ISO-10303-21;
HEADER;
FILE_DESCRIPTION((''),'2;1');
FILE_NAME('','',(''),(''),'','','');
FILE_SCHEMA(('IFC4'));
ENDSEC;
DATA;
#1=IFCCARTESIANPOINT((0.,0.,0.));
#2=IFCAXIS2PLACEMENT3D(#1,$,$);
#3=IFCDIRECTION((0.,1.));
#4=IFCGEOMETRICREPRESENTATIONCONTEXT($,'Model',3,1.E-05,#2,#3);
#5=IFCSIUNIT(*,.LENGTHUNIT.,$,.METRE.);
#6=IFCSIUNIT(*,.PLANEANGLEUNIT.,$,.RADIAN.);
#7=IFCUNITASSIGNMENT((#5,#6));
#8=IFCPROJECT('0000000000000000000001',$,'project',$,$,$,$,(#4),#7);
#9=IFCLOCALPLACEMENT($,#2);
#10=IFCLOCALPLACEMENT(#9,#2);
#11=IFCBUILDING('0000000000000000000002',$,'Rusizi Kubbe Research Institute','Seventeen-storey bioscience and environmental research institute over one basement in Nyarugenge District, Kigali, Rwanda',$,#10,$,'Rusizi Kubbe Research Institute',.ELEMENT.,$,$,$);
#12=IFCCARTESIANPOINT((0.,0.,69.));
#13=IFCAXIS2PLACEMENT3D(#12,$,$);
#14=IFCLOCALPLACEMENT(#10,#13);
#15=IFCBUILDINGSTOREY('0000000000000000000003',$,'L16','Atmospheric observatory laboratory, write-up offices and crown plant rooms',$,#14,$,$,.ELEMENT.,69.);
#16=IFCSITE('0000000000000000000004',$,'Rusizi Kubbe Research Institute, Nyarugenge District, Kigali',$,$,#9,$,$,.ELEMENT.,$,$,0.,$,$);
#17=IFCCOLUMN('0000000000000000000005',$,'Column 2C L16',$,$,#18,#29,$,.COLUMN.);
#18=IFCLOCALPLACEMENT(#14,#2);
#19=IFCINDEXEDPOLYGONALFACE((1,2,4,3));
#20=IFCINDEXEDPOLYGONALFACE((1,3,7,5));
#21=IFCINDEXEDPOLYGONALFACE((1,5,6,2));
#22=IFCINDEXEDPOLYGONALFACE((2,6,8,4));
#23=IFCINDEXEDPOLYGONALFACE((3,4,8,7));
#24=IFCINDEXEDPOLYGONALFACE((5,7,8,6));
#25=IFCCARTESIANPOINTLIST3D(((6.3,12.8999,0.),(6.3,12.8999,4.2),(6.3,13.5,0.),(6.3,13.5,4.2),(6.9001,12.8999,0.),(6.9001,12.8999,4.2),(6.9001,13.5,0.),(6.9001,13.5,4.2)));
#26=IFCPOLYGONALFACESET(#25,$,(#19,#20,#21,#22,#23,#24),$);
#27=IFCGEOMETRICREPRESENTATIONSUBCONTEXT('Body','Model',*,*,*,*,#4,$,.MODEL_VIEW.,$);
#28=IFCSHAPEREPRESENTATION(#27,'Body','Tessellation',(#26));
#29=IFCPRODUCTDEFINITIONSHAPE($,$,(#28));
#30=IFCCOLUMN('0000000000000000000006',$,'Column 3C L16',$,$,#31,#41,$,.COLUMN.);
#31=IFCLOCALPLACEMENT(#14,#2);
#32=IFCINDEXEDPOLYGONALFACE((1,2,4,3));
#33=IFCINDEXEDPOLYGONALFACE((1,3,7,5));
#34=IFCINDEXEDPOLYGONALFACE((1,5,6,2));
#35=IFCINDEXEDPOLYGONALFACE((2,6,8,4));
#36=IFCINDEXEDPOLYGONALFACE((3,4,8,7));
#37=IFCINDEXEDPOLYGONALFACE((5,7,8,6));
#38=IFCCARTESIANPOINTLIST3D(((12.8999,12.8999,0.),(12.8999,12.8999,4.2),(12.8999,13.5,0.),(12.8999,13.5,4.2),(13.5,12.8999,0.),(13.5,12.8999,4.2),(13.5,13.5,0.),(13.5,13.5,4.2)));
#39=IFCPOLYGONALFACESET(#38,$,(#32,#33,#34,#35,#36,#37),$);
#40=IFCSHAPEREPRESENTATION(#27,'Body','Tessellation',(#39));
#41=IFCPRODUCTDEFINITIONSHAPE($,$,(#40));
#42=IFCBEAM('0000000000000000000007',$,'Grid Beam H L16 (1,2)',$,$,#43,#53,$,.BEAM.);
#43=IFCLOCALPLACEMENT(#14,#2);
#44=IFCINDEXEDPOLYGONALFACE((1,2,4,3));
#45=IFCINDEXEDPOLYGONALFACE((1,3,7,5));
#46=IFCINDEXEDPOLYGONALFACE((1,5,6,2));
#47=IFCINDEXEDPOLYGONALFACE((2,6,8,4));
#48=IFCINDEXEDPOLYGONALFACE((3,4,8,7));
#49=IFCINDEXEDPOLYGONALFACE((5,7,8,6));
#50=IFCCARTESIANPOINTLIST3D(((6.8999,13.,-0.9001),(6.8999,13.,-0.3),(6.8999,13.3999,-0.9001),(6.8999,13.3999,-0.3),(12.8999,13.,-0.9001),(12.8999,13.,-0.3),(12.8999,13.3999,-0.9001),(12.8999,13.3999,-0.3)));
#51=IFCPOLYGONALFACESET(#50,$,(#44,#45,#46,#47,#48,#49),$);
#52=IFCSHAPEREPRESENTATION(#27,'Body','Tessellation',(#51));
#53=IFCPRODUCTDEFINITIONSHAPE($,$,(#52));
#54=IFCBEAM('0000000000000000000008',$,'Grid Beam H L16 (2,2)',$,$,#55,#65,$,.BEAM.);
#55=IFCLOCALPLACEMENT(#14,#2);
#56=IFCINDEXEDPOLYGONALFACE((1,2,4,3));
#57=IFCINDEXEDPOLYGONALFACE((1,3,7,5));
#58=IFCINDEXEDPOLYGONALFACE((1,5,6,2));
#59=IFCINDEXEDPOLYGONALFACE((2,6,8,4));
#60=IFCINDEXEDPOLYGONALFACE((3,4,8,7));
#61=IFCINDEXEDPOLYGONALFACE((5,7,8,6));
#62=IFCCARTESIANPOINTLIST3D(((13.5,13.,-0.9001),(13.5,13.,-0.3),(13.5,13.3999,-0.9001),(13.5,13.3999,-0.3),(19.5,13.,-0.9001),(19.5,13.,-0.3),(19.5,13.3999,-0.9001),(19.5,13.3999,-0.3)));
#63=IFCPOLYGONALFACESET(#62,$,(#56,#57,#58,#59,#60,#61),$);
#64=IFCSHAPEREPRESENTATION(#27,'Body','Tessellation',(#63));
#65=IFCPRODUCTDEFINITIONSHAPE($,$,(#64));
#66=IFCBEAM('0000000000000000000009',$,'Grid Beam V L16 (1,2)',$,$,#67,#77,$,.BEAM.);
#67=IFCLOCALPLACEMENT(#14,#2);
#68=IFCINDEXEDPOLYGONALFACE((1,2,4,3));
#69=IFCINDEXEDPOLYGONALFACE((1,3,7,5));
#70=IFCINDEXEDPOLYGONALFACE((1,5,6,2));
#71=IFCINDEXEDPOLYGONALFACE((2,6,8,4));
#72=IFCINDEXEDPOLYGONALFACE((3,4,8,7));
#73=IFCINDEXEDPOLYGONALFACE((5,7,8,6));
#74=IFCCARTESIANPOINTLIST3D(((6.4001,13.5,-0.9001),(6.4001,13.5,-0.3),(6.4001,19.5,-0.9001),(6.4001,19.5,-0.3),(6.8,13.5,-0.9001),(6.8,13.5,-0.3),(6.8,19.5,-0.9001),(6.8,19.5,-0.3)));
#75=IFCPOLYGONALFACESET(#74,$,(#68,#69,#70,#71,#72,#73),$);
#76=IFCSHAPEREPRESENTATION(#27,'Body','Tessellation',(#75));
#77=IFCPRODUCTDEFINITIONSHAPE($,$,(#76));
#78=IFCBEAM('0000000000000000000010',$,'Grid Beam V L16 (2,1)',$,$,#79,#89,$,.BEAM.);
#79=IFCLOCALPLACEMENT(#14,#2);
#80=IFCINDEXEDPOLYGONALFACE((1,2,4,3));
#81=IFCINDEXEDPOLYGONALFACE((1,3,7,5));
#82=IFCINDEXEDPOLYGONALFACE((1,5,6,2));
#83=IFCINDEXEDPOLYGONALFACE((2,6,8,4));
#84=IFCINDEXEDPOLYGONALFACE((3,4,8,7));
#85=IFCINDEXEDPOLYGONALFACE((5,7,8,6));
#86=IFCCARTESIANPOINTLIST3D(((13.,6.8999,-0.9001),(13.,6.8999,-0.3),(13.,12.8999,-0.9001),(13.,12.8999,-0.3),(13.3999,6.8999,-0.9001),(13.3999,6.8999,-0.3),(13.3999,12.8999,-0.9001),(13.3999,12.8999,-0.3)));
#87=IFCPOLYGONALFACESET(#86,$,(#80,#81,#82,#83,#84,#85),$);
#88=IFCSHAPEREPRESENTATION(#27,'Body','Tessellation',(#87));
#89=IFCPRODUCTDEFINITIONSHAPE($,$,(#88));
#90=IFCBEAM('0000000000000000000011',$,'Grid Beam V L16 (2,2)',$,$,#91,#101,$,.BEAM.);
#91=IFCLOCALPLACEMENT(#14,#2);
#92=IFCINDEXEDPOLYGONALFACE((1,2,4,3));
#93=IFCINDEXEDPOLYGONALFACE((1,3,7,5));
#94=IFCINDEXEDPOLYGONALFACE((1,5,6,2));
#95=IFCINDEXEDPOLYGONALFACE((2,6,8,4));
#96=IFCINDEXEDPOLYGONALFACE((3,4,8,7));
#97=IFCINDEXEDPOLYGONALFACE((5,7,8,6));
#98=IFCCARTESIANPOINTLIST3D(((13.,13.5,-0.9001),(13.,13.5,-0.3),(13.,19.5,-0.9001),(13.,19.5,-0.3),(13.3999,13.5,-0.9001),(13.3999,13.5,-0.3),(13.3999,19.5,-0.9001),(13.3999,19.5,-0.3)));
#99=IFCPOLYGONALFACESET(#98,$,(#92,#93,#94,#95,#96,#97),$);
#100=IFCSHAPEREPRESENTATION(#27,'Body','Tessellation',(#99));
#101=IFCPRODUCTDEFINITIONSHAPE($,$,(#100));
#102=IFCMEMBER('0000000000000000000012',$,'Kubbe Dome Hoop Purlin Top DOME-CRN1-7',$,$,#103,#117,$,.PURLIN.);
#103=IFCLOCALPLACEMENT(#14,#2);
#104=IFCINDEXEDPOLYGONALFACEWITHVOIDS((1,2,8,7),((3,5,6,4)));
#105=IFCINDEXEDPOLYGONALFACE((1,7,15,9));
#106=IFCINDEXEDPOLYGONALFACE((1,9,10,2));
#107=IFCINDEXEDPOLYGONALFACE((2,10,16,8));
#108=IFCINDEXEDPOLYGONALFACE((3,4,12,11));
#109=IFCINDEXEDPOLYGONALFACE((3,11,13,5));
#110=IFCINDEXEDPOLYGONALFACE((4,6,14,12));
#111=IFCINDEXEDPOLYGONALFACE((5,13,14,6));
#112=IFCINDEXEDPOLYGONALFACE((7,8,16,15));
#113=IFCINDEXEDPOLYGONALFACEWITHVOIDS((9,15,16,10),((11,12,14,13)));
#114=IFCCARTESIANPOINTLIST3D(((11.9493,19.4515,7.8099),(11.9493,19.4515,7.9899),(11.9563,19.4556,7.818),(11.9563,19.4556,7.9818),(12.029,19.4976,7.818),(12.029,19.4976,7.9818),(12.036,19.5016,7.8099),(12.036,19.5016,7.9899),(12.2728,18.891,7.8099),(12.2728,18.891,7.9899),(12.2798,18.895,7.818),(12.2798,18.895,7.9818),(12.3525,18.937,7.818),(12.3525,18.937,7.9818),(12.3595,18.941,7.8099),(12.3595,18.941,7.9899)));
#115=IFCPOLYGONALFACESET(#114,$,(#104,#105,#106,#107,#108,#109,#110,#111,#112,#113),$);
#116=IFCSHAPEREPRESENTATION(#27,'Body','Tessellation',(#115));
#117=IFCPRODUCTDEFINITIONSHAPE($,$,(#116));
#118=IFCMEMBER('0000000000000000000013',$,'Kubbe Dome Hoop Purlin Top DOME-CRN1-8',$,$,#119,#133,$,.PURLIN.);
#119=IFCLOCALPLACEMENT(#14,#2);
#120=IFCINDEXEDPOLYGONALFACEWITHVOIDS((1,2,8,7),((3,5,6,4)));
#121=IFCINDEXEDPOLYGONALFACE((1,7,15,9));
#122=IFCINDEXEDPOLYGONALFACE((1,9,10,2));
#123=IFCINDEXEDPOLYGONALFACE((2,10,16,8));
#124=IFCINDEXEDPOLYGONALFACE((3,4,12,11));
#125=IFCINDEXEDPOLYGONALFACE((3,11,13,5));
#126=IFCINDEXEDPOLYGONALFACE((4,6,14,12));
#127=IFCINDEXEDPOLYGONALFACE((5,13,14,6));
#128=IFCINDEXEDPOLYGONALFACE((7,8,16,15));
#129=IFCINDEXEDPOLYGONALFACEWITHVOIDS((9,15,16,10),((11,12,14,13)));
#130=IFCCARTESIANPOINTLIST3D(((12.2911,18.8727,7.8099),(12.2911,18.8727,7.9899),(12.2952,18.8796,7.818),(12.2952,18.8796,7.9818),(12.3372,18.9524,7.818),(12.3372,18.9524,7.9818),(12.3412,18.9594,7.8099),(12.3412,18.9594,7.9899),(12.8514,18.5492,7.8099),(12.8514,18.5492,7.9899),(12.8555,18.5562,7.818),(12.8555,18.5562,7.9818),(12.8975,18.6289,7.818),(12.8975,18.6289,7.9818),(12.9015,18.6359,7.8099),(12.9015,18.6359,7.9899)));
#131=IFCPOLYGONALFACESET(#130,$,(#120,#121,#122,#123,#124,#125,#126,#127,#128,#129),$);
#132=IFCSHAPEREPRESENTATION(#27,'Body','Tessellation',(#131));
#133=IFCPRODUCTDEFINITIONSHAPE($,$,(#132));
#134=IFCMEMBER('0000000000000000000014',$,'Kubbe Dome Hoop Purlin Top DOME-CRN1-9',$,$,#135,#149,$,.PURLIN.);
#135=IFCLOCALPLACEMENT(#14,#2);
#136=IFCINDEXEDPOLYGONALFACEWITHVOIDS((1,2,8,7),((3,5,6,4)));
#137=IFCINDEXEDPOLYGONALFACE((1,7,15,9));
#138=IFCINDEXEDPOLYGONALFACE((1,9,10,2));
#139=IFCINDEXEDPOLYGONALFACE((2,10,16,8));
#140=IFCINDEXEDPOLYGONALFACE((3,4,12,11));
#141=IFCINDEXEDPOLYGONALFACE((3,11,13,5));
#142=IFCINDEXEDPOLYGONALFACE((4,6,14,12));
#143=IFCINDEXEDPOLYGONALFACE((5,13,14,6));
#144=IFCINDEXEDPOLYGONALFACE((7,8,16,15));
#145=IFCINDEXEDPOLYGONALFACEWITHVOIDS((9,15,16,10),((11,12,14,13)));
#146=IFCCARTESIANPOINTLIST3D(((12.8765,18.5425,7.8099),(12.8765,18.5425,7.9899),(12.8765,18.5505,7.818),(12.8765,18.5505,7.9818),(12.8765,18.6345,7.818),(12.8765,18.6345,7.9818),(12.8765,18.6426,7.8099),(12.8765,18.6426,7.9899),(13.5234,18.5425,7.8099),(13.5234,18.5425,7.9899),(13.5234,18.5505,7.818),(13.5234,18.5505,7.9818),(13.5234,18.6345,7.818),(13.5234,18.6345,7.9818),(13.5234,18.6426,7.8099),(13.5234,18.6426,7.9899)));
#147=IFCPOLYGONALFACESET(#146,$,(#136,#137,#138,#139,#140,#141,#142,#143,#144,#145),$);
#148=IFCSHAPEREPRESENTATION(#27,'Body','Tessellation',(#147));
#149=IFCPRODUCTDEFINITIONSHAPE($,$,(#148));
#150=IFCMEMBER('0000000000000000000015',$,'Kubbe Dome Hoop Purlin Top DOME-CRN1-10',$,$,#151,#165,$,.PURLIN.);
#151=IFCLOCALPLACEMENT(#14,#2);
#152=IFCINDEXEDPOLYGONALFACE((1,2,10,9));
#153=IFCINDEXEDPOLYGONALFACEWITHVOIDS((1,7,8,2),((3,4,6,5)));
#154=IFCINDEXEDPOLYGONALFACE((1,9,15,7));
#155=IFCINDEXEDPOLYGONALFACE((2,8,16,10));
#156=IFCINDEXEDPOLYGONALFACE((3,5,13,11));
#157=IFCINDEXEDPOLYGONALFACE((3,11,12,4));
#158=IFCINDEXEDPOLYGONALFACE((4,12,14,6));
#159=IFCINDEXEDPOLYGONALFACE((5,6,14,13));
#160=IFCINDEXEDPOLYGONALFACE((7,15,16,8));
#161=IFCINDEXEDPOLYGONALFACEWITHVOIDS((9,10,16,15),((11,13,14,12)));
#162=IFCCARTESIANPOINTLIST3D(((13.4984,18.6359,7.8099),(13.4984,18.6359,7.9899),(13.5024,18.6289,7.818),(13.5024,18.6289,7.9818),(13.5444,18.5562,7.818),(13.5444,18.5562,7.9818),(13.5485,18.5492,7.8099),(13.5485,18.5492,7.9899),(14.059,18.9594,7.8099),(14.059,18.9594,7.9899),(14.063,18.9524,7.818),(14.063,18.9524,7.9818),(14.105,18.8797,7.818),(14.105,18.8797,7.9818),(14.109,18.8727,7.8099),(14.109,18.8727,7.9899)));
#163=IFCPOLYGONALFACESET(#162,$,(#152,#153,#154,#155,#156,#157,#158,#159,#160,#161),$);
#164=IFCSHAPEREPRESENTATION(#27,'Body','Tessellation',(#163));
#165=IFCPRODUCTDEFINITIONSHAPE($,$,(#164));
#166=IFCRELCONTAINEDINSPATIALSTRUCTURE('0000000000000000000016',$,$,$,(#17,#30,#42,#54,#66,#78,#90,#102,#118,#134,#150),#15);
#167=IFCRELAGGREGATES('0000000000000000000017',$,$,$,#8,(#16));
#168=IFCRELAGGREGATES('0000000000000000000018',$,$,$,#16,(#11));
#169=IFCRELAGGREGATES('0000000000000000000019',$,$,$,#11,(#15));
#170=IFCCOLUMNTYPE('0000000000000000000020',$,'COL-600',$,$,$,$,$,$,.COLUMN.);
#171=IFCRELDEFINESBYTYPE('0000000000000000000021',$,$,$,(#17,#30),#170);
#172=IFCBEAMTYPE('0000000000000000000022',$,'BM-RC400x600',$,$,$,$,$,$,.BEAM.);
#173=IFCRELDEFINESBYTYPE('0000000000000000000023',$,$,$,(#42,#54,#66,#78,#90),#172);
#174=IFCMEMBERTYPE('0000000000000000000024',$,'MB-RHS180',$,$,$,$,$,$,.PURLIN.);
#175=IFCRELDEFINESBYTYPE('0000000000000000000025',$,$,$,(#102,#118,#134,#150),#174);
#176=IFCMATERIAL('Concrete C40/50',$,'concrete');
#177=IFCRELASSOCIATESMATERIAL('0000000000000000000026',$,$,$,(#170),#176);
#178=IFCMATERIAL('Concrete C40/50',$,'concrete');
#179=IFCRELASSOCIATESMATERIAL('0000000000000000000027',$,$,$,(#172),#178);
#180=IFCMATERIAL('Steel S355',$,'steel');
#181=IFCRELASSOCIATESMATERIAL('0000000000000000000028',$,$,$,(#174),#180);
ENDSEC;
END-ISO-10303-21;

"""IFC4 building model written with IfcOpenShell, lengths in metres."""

from ifc_helpers import new_model, si_unit, direction, frame, origin, origin_2d, place, context, subcontext, project, spatial, rectangle, hollow_rectangle, extrude, material, material_profile, profile_set, type_object, element, save


model = new_model("IFC4")

# Units and contexts
model_context = context("Model", 3, precision=1e-05, world=origin(), true_north=direction((0.0, 1.0)))
body_context = subcontext(model_context, "Body", "Model", "MODEL_VIEW")
ifc_project = project(units=[si_unit("LENGTHUNIT", "METRE"), si_unit("PLANEANGLEUNIT", "RADIAN")], contexts=[model_context])

# Site, building, storey
site_placement = place(None, origin())
site = spatial("IfcSite", under=ifc_project, at=site_placement, Name="Rusizi Kubbe Research Institute, Nyarugenge District, Kigali", CompositionType="ELEMENT", RefElevation=0.0)
building_placement = place(site_placement, origin())
building = spatial("IfcBuilding", under=site, at=building_placement, Name="Rusizi Kubbe Research Institute", Description="Seventeen-storey bioscience and environmental research institute over one basement in Nyarugenge District, Kigali, Rwanda", LongName="Rusizi Kubbe Research Institute", CompositionType="ELEMENT")
storey_placement = place(building_placement, frame((0.0, 0.0, 69.0)))
storey = spatial("IfcBuildingStorey", under=building, at=storey_placement, Name="L16", Description="Atmospheric observatory laboratory, write-up offices and crown plant rooms", CompositionType="ELEMENT", Elevation=69.0)

# Columns
ifc_material_1 = material(Name="Concrete C40/50", Category="concrete")
ifc_material_profile_1 = material_profile(ifc_material_1, rectangle(XDim=0.6001, YDim=0.6001, at=origin_2d()), Name="RC600x600")
ifc_profile_set_1 = profile_set([ifc_material_profile_1], Name="Concrete C40/50")
column_type = type_object("IfcColumnType", Name="COL-600", PredefinedType="COLUMN", material=ifc_profile_set_1)
for number, where, z_axis, x_axis, name in (
    (1, (6.6001, 13.2, 0.0), (0.0, 0.0, 1.0), (1.0, 0.0, 0.0), "Column 2C L16"),
    (2, (13.2, 13.2, 0.0), (0.0, 0.0, 1.0), (1.0, 0.0, 0.0), "Column 3C L16"),
):
    element("IfcColumn", number, at=place(storey_placement, frame(where, z_axis=z_axis, x_axis=x_axis)), inside=storey, type_object=column_type, Name=name, PredefinedType="COLUMN", context=body_context, shape_type="SweptSolid", body=[
        extrude(rectangle(XDim=0.6001, YDim=0.6001, at=origin_2d()), origin(), (0.0, 0.0, 1.0), 4.2),
    ])

# Beams
ifc_material_2 = material(Name="Concrete C40/50", Category="concrete")
ifc_material_profile_2 = material_profile(ifc_material_2, rectangle(XDim=0.3999, YDim=0.6001, at=origin_2d()), Name="RC400x600")
ifc_profile_set_2 = profile_set([ifc_material_profile_2], Name="Concrete C40/50")
beam_type = type_object("IfcBeamType", Name="BM-RC400x600", PredefinedType="BEAM", material=ifc_profile_set_2)
for number, where, z_axis, x_axis, name in (
    (3, (6.8999, 13.2, -0.6001), (1.0, 0.0, 0.0), (0.0, 1.0, 0.0), "Grid Beam H L16 (1,2)"),
    (4, (13.5, 13.2, -0.6001), (1.0, 0.0, 0.0), (0.0, 1.0, 0.0), "Grid Beam H L16 (2,2)"),
    (5, (6.6001, 13.5, -0.6001), (0.0, 1.0, 0.0), (-1.0, 0.0, 0.0), "Grid Beam V L16 (1,2)"),
    (6, (13.2, 6.8999, -0.6001), (0.0, 1.0, 0.0), (-1.0, 0.0, 0.0), "Grid Beam V L16 (2,1)"),
    (7, (13.2, 13.5, -0.6001), (0.0, 1.0, 0.0), (-1.0, 0.0, 0.0), "Grid Beam V L16 (2,2)"),
):
    element("IfcBeam", number, at=place(storey_placement, frame(where, z_axis=z_axis, x_axis=x_axis)), inside=storey, type_object=beam_type, Name=name, PredefinedType="BEAM", context=body_context, shape_type="SweptSolid", body=[
        extrude(rectangle(XDim=0.3999, YDim=0.6001, at=origin_2d()), origin(), (0.0, 0.0, 1.0), 6.0),
    ])

# Members
ifc_material_3 = material(Name="Steel S355", Category="steel")
ifc_material_profile_3 = material_profile(ifc_material_3, hollow_rectangle(XDim=0.1001, YDim=0.1799, WallThickness=0.0081, at=origin_2d()), Name="RHS 180x100x8.0")
ifc_profile_set_3 = profile_set([ifc_material_profile_3], Name="Steel S355")
member_type = type_object("IfcMemberType", Name="MB-RHS180", PredefinedType="PURLIN", material=ifc_profile_set_3)
member_1_placement = place(storey_placement, frame((11.9927, 19.4766, 7.8999), z_axis=(0.499831, -0.866123, 0.0), x_axis=(0.866123, 0.499831, 0.0)))
element("IfcMember", 8, at=member_1_placement, inside=storey, type_object=member_type, Name="Kubbe Dome Hoop Purlin Top DOME-CRN1-7", PredefinedType="PURLIN", context=body_context, shape_type="SweptSolid", body=[
    extrude(hollow_rectangle(XDim=0.1001, YDim=0.1799, WallThickness=0.0081, at=origin_2d()), origin(), (0.0, 0.0, 1.0), 0.6472),
])
for number, where, z_axis, x_axis, name in (
    (9, (12.3162, 18.916, 7.8999), (0.866028, -0.499995, 0.0), (0.499995, 0.866028, 0.0), "Kubbe Dome Hoop Purlin Top DOME-CRN1-8"),
    (10, (12.8765, 18.5925, 7.8999), (1.0, 0.0, 0.0), (0.0, 1.0, 0.0), "Kubbe Dome Hoop Purlin Top DOME-CRN1-9"),
):
    element("IfcMember", number, at=place(storey_placement, frame(where, z_axis=z_axis, x_axis=x_axis)), inside=storey, type_object=member_type, Name=name, PredefinedType="PURLIN", context=body_context, shape_type="SweptSolid", body=[
        extrude(hollow_rectangle(XDim=0.1001, YDim=0.1799, WallThickness=0.0081, at=origin_2d()), origin(), (0.0, 0.0, 1.0), 0.647),
    ])
member_2_placement = place(storey_placement, frame((13.5234, 18.5925, 7.8999), z_axis=(0.866123, 0.499831, 0.0), x_axis=(-0.499831, 0.866123, 0.0)))
element("IfcMember", 11, at=member_2_placement, inside=storey, type_object=member_type, Name="Kubbe Dome Hoop Purlin Top DOME-CRN1-10", PredefinedType="PURLIN", context=body_context, shape_type="SweptSolid", body=[
    extrude(hollow_rectangle(XDim=0.1001, YDim=0.1799, WallThickness=0.0081, at=origin_2d()), origin(), (0.0, 0.0, 1.0), 0.6472),
])

save(model, "model.ifc")
